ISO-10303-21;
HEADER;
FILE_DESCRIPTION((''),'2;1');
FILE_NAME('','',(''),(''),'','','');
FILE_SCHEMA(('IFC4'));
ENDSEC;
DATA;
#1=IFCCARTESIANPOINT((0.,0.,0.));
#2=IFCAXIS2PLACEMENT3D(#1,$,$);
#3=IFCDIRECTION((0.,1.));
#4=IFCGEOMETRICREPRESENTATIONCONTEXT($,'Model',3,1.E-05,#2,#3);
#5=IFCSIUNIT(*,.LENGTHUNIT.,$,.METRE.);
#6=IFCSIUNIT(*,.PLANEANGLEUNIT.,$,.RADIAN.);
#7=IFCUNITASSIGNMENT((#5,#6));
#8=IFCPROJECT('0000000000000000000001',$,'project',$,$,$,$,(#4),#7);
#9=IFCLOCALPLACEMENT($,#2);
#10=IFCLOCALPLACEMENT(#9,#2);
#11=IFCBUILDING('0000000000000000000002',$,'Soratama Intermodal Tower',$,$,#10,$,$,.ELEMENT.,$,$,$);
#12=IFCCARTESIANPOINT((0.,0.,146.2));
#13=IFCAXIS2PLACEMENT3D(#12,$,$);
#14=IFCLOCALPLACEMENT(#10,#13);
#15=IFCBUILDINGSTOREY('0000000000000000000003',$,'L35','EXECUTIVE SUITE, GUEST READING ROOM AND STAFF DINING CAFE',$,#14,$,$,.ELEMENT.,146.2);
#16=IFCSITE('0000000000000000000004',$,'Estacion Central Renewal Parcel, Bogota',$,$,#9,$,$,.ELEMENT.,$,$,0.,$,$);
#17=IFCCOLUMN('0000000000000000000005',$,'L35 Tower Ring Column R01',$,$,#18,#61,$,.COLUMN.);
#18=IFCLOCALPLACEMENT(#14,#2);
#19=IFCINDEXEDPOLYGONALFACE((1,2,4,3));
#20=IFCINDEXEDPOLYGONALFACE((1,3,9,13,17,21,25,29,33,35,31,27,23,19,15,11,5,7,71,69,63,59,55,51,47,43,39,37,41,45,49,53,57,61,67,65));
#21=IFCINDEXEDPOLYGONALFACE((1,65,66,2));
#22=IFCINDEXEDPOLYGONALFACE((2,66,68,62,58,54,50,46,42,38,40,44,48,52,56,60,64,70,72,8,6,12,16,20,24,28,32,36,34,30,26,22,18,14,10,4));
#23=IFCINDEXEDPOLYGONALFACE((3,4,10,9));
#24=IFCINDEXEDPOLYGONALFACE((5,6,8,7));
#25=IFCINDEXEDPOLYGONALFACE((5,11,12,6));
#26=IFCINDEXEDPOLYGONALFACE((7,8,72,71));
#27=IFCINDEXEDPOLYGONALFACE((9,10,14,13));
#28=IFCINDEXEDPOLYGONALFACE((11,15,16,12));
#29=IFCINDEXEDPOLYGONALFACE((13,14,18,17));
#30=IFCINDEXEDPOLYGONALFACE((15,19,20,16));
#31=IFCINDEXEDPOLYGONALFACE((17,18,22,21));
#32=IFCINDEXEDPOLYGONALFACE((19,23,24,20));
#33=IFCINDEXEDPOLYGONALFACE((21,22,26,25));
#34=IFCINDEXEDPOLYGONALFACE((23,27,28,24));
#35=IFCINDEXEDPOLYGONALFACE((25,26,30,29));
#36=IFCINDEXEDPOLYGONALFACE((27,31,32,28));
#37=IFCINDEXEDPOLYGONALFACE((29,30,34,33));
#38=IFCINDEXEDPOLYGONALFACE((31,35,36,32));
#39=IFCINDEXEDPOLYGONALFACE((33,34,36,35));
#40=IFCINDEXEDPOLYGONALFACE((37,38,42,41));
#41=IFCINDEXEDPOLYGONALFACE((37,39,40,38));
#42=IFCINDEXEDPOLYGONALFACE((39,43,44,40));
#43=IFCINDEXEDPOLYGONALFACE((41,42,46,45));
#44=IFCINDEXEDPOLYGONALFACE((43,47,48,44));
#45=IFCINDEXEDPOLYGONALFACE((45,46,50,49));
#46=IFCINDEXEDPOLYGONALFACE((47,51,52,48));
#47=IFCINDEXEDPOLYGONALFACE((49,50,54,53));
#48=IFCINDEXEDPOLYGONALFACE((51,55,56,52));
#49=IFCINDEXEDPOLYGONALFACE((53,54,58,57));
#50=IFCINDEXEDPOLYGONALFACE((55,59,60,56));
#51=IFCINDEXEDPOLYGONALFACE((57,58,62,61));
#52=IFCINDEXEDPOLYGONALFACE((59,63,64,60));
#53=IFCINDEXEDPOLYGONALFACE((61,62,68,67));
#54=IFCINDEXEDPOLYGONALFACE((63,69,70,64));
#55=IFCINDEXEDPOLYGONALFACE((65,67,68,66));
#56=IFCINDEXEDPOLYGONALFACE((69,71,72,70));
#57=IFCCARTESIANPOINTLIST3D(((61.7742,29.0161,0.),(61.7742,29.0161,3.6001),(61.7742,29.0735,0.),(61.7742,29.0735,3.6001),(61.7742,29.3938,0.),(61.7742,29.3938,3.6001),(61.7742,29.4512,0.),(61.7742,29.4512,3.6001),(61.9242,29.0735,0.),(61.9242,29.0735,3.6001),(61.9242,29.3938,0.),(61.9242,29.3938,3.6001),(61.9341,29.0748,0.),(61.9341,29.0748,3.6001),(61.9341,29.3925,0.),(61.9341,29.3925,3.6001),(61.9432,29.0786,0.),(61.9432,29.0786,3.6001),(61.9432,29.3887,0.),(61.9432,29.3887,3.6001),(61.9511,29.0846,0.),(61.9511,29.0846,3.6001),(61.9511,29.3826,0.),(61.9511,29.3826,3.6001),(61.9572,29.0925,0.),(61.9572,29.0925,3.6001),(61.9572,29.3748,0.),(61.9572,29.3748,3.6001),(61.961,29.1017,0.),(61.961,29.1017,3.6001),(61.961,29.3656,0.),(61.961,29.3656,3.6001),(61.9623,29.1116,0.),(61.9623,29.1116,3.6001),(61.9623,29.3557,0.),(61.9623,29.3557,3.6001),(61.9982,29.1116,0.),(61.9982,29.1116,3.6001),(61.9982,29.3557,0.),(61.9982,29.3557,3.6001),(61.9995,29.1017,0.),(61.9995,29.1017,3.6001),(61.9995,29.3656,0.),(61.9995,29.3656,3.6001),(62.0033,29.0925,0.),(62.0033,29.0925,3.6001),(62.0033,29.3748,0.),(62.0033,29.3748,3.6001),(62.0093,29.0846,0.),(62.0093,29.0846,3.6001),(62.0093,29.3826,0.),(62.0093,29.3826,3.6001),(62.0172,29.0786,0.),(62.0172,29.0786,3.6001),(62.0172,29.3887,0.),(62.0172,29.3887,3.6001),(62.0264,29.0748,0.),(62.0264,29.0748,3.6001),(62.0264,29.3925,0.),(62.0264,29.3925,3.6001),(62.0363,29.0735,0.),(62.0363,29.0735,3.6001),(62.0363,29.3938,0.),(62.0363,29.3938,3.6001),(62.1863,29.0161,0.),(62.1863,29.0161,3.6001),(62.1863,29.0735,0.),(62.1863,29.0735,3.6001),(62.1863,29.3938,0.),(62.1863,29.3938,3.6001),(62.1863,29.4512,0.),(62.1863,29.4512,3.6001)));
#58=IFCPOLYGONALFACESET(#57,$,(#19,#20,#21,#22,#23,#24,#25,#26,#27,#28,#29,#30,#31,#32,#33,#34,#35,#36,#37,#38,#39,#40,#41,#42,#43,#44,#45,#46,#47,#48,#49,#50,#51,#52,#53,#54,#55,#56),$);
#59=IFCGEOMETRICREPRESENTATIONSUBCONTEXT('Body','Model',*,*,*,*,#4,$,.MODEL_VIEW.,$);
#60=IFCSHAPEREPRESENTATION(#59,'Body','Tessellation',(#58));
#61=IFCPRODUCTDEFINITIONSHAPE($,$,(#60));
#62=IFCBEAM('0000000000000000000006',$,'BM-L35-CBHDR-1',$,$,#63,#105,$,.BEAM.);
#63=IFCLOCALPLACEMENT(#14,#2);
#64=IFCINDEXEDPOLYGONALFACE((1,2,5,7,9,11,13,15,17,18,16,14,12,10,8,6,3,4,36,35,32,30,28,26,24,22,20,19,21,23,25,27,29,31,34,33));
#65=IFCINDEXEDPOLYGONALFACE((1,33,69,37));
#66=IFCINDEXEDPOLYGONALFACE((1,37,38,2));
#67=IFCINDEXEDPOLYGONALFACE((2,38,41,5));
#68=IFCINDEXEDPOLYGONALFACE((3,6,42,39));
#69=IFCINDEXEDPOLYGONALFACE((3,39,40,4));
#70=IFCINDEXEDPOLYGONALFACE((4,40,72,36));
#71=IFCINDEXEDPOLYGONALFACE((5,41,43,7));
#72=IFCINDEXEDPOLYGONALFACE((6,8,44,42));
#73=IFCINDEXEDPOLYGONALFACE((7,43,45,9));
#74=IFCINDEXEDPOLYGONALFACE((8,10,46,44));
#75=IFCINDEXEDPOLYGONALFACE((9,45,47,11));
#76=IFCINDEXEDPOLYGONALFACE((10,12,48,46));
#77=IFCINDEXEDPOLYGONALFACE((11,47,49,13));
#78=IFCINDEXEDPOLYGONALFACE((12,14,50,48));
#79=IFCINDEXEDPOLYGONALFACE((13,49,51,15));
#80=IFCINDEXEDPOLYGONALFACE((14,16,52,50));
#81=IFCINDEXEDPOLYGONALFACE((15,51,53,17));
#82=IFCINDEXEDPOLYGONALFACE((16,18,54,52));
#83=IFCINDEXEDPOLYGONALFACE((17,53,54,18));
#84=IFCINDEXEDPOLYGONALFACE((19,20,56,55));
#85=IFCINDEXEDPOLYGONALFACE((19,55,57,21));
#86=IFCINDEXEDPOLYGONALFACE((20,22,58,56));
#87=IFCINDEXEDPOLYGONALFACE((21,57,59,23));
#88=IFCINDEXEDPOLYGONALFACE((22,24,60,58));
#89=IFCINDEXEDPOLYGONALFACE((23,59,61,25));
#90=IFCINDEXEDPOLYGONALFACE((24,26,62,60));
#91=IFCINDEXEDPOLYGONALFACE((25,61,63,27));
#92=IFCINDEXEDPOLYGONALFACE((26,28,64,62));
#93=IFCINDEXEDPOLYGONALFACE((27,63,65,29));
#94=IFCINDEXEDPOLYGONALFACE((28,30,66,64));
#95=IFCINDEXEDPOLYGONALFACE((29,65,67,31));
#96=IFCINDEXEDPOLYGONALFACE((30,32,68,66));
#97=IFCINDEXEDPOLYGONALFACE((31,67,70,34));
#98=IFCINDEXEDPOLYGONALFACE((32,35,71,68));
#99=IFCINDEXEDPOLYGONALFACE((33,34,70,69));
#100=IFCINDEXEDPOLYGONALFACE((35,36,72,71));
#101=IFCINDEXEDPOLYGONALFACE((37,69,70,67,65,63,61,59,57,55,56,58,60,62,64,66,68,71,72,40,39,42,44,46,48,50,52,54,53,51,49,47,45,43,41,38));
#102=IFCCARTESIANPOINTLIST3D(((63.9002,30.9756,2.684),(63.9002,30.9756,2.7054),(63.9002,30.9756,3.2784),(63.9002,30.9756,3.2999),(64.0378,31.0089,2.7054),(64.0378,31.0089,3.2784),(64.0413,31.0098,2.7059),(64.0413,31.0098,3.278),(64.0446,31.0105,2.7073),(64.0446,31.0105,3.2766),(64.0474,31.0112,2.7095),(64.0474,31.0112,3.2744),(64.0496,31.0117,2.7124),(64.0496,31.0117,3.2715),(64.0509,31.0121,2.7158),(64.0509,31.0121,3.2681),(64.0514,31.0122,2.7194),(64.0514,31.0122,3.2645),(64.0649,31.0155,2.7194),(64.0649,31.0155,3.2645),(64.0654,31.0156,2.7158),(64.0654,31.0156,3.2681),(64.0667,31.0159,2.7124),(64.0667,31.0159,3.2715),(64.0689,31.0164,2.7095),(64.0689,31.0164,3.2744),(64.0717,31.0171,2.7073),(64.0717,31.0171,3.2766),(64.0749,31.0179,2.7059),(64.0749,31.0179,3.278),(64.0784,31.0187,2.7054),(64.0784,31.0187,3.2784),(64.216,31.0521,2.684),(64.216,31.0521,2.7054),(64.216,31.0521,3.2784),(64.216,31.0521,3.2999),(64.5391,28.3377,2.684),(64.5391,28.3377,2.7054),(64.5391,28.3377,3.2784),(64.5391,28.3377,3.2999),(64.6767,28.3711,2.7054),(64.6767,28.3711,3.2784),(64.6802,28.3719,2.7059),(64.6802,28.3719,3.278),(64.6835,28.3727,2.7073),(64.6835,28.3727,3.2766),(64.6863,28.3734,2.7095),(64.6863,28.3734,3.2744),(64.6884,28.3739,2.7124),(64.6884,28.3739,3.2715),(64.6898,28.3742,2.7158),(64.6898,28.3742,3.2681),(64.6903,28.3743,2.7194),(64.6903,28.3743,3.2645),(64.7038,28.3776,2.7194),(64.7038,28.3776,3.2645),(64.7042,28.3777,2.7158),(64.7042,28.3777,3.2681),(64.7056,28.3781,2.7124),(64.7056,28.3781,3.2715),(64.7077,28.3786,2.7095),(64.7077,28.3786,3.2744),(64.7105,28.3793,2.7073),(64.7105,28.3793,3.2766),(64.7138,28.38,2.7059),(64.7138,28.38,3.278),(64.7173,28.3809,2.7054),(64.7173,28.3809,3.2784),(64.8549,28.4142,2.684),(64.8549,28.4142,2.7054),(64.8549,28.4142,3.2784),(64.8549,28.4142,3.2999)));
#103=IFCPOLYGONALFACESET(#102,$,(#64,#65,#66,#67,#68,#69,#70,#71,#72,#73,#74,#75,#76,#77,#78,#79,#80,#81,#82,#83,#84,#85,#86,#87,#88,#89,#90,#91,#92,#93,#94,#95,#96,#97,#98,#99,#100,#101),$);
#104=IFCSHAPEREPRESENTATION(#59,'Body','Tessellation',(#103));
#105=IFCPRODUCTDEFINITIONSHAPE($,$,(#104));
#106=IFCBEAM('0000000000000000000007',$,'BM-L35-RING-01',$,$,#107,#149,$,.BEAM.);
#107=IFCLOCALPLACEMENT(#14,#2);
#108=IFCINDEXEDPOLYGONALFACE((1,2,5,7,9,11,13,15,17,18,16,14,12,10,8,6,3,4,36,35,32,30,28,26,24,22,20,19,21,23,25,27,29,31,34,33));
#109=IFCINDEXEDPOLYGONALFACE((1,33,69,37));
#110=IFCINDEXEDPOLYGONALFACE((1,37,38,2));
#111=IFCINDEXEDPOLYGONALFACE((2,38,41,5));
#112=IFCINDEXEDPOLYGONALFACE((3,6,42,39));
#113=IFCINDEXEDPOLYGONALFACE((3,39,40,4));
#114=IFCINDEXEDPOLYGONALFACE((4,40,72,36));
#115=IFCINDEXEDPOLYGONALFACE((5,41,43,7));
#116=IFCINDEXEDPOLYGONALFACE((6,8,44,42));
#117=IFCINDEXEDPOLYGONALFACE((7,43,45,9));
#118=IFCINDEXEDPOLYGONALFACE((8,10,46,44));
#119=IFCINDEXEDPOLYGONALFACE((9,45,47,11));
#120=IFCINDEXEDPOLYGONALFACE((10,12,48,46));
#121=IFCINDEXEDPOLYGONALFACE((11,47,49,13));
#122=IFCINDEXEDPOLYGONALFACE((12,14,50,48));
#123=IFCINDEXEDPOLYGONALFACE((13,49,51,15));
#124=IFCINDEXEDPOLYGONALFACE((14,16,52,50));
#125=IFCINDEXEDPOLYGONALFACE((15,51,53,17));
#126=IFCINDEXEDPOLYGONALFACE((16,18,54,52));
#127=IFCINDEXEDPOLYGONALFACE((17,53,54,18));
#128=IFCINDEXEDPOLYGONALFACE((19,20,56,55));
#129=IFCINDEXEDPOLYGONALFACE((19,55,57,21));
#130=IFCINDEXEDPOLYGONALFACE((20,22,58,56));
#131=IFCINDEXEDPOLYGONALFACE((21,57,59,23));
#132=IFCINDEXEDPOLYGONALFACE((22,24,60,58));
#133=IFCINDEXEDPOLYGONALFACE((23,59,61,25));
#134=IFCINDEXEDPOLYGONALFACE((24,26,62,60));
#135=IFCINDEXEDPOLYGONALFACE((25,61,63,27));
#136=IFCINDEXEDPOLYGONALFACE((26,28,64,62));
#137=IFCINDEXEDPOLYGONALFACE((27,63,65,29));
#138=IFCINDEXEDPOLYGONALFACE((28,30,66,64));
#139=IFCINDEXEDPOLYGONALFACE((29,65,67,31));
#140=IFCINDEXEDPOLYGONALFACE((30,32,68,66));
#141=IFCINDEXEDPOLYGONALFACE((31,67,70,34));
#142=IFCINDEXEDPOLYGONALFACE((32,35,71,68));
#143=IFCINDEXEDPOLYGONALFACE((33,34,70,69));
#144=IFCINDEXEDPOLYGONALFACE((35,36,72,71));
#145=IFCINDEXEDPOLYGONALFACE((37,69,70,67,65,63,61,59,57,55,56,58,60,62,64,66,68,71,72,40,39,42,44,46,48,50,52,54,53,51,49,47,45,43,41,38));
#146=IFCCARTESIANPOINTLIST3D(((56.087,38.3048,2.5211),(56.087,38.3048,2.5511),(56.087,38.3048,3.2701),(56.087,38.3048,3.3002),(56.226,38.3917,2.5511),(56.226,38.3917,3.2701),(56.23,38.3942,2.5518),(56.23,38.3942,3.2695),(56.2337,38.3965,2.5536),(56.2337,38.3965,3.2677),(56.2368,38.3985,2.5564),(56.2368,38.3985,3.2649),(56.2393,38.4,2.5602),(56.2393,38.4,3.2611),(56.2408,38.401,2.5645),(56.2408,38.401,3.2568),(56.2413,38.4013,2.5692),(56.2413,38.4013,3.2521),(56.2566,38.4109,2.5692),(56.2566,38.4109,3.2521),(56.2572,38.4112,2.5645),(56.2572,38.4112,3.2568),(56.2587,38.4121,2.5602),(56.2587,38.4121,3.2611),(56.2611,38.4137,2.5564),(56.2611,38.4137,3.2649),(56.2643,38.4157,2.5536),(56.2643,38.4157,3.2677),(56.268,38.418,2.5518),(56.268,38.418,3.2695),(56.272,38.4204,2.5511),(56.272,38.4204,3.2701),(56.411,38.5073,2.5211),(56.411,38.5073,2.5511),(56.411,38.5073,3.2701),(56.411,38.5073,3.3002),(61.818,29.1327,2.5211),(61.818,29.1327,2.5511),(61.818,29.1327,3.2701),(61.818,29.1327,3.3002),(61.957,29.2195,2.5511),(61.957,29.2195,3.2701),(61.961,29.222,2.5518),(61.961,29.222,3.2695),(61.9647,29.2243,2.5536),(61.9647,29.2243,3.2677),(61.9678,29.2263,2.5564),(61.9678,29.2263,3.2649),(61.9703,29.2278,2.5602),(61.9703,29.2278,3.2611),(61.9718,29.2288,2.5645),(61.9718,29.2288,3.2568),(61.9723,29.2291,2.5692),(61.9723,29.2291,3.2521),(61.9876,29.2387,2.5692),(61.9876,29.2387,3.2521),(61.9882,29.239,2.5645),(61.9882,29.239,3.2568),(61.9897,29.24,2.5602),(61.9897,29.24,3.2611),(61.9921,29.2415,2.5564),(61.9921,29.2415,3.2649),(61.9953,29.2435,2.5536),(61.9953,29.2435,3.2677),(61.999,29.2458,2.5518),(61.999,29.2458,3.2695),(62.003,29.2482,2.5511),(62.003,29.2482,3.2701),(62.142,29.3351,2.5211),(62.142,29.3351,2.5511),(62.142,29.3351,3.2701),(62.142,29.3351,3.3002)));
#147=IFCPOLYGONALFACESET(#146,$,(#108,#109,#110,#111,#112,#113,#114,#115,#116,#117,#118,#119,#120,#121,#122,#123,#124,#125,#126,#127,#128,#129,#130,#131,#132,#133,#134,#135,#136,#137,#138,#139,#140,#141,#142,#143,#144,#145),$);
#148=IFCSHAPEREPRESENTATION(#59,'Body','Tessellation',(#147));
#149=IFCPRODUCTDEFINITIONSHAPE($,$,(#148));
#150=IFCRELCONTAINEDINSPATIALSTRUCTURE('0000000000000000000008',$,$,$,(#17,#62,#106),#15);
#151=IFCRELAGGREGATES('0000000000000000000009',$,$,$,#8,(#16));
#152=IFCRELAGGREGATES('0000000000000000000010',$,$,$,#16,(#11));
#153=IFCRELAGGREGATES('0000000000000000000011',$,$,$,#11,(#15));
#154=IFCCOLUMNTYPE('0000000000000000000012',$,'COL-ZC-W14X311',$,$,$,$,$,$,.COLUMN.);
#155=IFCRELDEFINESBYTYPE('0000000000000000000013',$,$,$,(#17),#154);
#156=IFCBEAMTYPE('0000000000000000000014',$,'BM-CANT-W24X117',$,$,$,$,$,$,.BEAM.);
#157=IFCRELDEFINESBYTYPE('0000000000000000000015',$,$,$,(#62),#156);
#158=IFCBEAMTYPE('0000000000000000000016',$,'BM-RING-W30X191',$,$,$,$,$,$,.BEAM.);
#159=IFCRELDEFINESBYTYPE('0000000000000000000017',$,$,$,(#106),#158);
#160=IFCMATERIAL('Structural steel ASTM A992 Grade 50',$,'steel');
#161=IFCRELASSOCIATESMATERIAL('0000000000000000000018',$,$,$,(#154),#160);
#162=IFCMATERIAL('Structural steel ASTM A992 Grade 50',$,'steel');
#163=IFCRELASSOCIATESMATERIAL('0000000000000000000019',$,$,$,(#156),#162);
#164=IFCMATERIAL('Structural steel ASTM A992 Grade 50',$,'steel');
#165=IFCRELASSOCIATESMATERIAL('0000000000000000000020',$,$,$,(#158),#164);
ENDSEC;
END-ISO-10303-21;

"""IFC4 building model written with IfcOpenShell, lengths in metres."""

from ifc_helpers import new_model, si_unit, direction, frame, origin, origin_2d, place, context, subcontext, project, spatial, i_section, extrude, material, material_profile, profile_set, type_object, element, save


model = new_model("IFC4")

# Units and contexts
model_context = context("Model", 3, precision=1e-05, world=origin(), true_north=direction((0.0, 1.0)))
body_context = subcontext(model_context, "Body", "Model", "MODEL_VIEW")
ifc_project = project(units=[si_unit("LENGTHUNIT", "METRE"), si_unit("PLANEANGLEUNIT", "RADIAN")], contexts=[model_context])

# Site, building, storey
site_placement = place(None, origin())
site = spatial("IfcSite", under=ifc_project, at=site_placement, Name="Estacion Central Renewal Parcel, Bogota", CompositionType="ELEMENT", RefElevation=0.0)
building_placement = place(site_placement, origin())
building = spatial("IfcBuilding", under=site, at=building_placement, Name="Soratama Intermodal Tower", CompositionType="ELEMENT")
storey_placement = place(building_placement, frame((0.0, 0.0, 146.2)))
storey = spatial("IfcBuildingStorey", under=building, at=storey_placement, Name="L35", Description="EXECUTIVE SUITE, GUEST READING ROOM AND STAFF DINING CAFE", CompositionType="ELEMENT", Elevation=146.2)

# Column
ifc_material_1 = material(Name="Structural steel ASTM A992 Grade 50", Category="steel")
ifc_material_profile_1 = material_profile(ifc_material_1, i_section(OverallWidth=0.4121, OverallDepth=0.4351, WebThickness=0.0359, FlangeThickness=0.0574, FilletRadius=0.0381, at=origin_2d()), Name="W14X311")
ifc_profile_set_1 = profile_set([ifc_material_profile_1], Name="Structural steel ASTM A992 Grade 50")
column_type = type_object("IfcColumnType", Name="COL-ZC-W14X311", PredefinedType="COLUMN", material=ifc_profile_set_1)
column_placement = place(storey_placement, frame((61.9802, 29.2336, 0.0), z_axis=(0.0, 0.0, 1.0), x_axis=(1.0, 0.0, 0.0)))
element("IfcColumn", 1, at=column_placement, inside=storey, type_object=column_type, Name="L35 Tower Ring Column R01", PredefinedType="COLUMN", context=body_context, shape_type="SweptSolid", body=[
    extrude(i_section(OverallWidth=0.4121, OverallDepth=0.4351, WebThickness=0.0359, FlangeThickness=0.0574, FilletRadius=0.0381, at=origin_2d()), origin(), (0.0, 0.0, 1.0), 3.6001),
])

# Beams
ifc_material_2 = material(Name="Structural steel ASTM A992 Grade 50", Category="steel")
ifc_material_profile_2 = material_profile(ifc_material_2, i_section(OverallWidth=0.325, OverallDepth=0.616, WebThickness=0.0139, FlangeThickness=0.0215, FilletRadius=0.0139, at=origin_2d()), Name="W24X117")
ifc_profile_set_2 = profile_set([ifc_material_profile_2], Name="Structural steel ASTM A992 Grade 50")
beam_type_1 = type_object("IfcBeamType", Name="BM-CANT-W24X117", PredefinedType="BEAM", material=ifc_profile_set_2)
beam_1_placement = place(storey_placement, frame((64.697, 28.376, 2.9919), z_axis=(-0.235397, 0.971899, 0.0), x_axis=(-0.971899, -0.235397, 0.0)))
element("IfcBeam", 2, at=beam_1_placement, inside=storey, type_object=beam_type_1, Name="BM-L35-CBHDR-1", PredefinedType="BEAM", context=body_context, shape_type="SweptSolid", body=[
    extrude(i_section(OverallWidth=0.325, OverallDepth=0.616, WebThickness=0.0139, FlangeThickness=0.0215, FilletRadius=0.0139, at=origin_2d()), origin(), (0.0, 0.0, 1.0), 2.7141),
])
ifc_material_3 = material(Name="Structural steel ASTM A992 Grade 50", Category="steel")
ifc_material_profile_3 = material_profile(ifc_material_3, i_section(OverallWidth=0.3821, OverallDepth=0.7791, WebThickness=0.0181, FlangeThickness=0.03, FilletRadius=0.0181, at=origin_2d()), Name="W30X191")
ifc_profile_set_3 = profile_set([ifc_material_profile_3], Name="Structural steel ASTM A992 Grade 50")
beam_type_2 = type_object("IfcBeamType", Name="BM-RING-W30X191", PredefinedType="BEAM", material=ifc_profile_set_3)
beam_2_placement = place(storey_placement, frame((61.98, 29.2339, 2.9106), z_axis=(-0.529891, 0.848066, 0.0), x_axis=(-0.848066, -0.529891, 0.0)))
element("IfcBeam", 3, at=beam_2_placement, inside=storey, type_object=beam_type_2, Name="BM-L35-RING-01", PredefinedType="BEAM", context=body_context, shape_type="SweptSolid", body=[
    extrude(i_section(OverallWidth=0.3821, OverallDepth=0.7791, WebThickness=0.0181, FlangeThickness=0.03, FilletRadius=0.0181, at=origin_2d()), origin(), (0.0, 0.0, 1.0), 10.8154),
])

save(model, "model.ifc")
